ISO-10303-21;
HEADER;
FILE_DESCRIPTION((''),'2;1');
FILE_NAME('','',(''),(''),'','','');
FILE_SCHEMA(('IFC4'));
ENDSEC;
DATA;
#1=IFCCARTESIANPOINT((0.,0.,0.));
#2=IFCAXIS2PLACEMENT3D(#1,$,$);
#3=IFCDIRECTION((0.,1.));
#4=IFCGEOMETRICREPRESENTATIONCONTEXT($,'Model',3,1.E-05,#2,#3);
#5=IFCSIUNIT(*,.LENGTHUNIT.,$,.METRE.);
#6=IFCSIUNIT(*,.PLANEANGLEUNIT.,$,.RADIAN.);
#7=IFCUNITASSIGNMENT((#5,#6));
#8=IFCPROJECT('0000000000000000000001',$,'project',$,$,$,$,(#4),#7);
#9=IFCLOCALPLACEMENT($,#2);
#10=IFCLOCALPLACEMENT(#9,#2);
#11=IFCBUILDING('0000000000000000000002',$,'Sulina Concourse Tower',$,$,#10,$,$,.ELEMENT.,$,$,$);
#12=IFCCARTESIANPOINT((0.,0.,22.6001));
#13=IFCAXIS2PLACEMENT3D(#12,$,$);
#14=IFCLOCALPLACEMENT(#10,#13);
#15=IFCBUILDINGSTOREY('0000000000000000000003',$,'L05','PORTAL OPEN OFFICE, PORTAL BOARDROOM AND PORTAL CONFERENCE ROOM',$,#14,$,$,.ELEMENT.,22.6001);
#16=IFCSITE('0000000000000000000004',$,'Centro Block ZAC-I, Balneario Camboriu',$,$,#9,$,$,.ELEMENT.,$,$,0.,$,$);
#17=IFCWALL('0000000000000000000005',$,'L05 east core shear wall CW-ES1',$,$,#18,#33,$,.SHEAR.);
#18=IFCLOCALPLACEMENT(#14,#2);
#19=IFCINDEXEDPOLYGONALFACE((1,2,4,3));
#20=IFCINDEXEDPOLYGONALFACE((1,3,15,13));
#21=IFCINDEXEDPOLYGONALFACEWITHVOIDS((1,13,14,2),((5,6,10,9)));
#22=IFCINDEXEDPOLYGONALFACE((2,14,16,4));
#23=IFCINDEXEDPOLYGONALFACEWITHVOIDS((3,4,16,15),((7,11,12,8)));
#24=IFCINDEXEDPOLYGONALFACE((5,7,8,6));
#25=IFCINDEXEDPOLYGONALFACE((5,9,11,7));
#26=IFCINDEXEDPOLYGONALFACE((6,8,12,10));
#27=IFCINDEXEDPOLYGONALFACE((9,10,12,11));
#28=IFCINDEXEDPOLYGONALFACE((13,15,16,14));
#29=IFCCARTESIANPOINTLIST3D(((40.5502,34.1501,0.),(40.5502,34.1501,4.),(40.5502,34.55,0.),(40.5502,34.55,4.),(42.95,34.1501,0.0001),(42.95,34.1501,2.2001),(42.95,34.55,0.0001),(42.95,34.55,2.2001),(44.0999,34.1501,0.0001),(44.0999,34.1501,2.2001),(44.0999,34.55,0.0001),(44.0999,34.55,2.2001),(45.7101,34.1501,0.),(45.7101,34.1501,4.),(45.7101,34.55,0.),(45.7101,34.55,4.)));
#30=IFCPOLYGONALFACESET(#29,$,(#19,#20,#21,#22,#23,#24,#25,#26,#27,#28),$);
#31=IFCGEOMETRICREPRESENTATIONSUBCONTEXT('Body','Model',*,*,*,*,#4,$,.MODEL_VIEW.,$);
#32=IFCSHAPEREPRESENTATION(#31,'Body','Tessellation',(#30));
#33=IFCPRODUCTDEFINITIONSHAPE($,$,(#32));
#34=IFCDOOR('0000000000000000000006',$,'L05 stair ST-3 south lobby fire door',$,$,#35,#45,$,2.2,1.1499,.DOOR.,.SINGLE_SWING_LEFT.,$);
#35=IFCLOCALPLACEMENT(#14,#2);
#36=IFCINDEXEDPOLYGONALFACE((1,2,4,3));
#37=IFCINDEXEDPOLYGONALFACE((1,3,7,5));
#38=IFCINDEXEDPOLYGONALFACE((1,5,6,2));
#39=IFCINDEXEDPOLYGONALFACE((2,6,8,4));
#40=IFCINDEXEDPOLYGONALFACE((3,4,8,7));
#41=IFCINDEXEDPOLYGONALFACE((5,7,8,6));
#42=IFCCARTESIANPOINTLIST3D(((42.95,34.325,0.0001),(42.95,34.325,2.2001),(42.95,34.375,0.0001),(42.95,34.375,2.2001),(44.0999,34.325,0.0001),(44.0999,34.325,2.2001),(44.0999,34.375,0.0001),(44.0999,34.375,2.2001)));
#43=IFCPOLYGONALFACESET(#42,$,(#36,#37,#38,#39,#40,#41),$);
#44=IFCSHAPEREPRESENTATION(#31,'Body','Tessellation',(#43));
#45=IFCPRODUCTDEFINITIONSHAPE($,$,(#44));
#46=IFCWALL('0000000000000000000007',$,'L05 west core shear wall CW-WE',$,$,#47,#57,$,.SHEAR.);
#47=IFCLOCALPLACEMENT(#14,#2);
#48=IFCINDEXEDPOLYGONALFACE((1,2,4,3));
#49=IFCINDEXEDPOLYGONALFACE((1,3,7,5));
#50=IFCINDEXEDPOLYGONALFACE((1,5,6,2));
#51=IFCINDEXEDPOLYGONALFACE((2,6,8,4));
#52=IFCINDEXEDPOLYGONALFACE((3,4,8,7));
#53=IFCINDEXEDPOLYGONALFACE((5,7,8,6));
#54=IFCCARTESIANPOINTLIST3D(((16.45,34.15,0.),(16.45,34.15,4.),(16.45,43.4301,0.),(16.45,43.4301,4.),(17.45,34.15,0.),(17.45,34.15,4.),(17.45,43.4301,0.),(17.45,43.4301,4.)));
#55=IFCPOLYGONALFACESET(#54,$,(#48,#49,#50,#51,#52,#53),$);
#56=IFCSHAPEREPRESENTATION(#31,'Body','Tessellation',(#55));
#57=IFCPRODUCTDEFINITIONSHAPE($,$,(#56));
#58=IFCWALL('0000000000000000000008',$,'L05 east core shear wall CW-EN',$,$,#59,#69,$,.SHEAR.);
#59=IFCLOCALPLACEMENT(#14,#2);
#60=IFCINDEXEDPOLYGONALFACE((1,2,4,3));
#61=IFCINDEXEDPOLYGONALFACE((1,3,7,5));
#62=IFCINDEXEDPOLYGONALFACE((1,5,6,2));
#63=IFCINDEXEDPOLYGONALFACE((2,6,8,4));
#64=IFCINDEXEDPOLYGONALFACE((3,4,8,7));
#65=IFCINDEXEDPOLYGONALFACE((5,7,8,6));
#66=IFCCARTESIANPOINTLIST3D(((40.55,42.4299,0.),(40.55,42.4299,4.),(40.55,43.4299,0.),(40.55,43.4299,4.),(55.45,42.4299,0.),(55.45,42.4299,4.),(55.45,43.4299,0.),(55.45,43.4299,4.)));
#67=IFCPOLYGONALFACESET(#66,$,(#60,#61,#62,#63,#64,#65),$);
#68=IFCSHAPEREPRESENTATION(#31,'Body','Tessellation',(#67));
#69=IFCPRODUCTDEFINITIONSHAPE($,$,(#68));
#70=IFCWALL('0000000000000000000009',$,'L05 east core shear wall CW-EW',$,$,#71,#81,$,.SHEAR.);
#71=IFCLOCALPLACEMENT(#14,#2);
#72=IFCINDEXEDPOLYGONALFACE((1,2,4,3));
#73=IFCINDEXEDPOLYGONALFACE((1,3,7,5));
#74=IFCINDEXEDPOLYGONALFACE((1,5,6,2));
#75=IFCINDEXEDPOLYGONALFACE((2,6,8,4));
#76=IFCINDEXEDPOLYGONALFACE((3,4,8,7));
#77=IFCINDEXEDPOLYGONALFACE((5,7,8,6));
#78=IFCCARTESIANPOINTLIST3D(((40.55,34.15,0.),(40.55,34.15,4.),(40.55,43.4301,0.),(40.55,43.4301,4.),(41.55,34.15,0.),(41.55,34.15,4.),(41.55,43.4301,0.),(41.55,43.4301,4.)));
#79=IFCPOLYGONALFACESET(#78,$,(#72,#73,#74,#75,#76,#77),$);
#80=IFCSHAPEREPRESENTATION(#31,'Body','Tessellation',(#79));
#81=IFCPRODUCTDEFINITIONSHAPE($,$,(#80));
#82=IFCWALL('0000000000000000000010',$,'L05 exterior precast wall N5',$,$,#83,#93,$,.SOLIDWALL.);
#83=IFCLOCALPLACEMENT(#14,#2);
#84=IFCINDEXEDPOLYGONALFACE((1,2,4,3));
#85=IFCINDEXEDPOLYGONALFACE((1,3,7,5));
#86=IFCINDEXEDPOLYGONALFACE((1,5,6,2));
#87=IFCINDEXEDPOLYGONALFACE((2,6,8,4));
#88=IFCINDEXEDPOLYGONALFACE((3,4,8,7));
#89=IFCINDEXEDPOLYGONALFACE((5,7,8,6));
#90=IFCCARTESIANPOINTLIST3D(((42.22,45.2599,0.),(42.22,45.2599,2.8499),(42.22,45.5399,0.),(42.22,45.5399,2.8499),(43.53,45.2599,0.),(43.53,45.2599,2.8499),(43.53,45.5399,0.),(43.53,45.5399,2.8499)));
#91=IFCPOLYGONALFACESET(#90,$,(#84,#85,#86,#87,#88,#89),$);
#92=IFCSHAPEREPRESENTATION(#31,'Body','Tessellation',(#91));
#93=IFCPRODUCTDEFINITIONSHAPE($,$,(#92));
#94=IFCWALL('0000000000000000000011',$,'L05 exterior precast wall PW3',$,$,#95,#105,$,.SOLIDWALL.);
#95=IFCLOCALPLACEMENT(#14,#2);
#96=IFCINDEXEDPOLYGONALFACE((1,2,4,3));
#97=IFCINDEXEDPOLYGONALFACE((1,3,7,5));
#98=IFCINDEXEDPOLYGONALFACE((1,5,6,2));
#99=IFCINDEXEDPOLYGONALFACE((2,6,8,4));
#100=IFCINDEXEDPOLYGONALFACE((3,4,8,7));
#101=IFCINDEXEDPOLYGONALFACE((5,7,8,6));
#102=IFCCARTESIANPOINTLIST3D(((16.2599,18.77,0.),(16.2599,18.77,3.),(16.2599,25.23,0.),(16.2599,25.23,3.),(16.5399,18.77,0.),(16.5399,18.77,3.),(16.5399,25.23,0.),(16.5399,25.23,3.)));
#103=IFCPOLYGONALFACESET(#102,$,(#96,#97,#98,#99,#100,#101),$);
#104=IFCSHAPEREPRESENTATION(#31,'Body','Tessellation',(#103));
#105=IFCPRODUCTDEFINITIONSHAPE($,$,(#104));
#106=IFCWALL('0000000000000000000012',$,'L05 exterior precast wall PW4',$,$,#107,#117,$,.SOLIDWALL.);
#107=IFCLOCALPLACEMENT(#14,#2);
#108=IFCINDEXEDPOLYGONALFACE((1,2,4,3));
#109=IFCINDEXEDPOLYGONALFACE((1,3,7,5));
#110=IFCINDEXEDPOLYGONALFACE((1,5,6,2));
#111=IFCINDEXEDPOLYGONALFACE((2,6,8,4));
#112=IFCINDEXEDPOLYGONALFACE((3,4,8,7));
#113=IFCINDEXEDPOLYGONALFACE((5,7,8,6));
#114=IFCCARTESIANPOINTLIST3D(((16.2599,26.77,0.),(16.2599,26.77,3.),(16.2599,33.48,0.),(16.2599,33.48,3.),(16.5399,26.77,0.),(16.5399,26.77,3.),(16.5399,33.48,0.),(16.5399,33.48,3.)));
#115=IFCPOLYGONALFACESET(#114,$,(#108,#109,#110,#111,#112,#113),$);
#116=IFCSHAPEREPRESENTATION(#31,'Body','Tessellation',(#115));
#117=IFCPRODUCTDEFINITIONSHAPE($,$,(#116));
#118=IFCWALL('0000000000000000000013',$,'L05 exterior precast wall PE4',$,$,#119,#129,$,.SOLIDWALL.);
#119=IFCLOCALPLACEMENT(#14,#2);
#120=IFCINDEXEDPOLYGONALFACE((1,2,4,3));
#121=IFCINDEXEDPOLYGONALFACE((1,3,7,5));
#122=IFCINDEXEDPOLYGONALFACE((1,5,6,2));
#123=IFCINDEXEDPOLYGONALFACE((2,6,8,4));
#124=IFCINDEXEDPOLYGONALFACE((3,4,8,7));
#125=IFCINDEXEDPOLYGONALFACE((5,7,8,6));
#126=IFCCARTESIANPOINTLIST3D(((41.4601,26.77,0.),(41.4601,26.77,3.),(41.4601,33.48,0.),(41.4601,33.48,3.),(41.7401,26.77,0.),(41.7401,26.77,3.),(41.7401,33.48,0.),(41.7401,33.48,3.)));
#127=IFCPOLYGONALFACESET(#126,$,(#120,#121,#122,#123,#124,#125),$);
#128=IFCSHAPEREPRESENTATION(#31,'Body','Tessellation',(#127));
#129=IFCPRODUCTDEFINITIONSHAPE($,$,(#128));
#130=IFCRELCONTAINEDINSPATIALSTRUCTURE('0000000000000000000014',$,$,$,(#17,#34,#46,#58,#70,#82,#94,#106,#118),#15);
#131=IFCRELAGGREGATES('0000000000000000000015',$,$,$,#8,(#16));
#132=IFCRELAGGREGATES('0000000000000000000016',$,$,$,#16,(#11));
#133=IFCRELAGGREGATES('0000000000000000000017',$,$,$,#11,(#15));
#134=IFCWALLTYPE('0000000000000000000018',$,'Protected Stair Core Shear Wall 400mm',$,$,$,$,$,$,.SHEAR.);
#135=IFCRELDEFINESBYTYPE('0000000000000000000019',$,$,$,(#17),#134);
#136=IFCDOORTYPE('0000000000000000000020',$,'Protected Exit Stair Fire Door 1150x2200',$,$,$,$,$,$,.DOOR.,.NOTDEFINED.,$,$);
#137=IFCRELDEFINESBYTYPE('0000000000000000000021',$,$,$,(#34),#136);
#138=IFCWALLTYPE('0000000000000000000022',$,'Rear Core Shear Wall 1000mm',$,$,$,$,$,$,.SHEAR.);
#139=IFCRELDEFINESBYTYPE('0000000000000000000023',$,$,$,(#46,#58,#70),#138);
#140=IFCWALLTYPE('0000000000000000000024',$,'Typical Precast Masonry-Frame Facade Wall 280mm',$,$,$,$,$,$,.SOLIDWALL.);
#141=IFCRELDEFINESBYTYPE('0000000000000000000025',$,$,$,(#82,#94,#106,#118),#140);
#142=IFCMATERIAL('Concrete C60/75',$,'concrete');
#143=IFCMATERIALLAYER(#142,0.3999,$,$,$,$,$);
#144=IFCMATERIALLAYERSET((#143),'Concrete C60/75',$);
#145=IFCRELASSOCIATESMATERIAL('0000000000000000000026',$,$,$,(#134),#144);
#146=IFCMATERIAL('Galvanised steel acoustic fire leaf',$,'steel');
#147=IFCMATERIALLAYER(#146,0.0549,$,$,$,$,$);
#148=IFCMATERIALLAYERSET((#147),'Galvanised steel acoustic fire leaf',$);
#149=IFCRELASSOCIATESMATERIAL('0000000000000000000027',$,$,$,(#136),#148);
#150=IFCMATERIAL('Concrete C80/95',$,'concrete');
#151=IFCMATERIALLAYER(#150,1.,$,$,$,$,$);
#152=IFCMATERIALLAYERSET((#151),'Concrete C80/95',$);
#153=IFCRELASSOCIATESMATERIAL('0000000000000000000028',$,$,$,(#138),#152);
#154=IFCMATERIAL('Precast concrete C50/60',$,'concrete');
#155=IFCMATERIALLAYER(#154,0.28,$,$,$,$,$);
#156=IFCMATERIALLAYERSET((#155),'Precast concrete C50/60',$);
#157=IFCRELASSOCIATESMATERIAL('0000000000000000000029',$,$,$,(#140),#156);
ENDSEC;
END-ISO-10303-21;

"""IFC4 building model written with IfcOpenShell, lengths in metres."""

from ifc_helpers import new_model, si_unit, direction, frame, frame_2d, origin, place, context, subcontext, project, spatial, rectangle, extrude, material, layer, layer_set, type_object, element, fill, save


model = new_model("IFC4")

# Units and contexts
model_context = context("Model", 3, precision=1e-05, world=origin(), true_north=direction((0.0, 1.0)))
body_context = subcontext(model_context, "Body", "Model", "MODEL_VIEW")
ifc_project = project(units=[si_unit("LENGTHUNIT", "METRE"), si_unit("PLANEANGLEUNIT", "RADIAN")], contexts=[model_context])

# Site, building, storey
site_placement = place(None, origin())
site = spatial("IfcSite", under=ifc_project, at=site_placement, Name="Centro Block ZAC-I, Balneario Camboriu", CompositionType="ELEMENT", RefElevation=0.0)
building_placement = place(site_placement, origin())
building = spatial("IfcBuilding", under=site, at=building_placement, Name="Sulina Concourse Tower", CompositionType="ELEMENT")
storey_placement = place(building_placement, frame((0.0, 0.0, 22.6001)))
storey = spatial("IfcBuildingStorey", under=building, at=storey_placement, Name="L05", Description="PORTAL OPEN OFFICE, PORTAL BOARDROOM AND PORTAL CONFERENCE ROOM", CompositionType="ELEMENT", Elevation=22.6001)

# Wall, opening, door
ifc_material_1 = material(Name="Concrete C60/75", Category="concrete")
ifc_layer_1 = layer(ifc_material_1, 0.3999)
ifc_layer_set_1 = layer_set([ifc_layer_1], Name="Concrete C60/75")
wall_type_1 = type_object("IfcWallType", Name="Protected Stair Core Shear Wall 400mm", PredefinedType="SHEAR", material=ifc_layer_set_1)
wall_1_placement = place(storey_placement, frame((40.55, 34.3501, 0.0), z_axis=(0.0, 0.0, 1.0), x_axis=(1.0, 0.0, 0.0)))
wall_1 = element("IfcWall", 1, at=wall_1_placement, inside=storey, type_object=wall_type_1, Name="L05 east core shear wall CW-ES1", PredefinedType="SHEAR", context=body_context, shape_type="SweptSolid", body=[
    extrude(rectangle(XDim=5.1599, YDim=0.3999, at=frame_2d((2.5801, 0.0))), origin(), (0.0, 0.0, 1.0), 4.0),
])
opening_placement = place(wall_1_placement, frame((2.3999, 0.0, 0.0)))
opening = element("IfcOpeningElement", 2, at=opening_placement, cuts=wall_1, PredefinedType="OPENING", context=body_context, shape_type="SweptSolid", body=[
    extrude(rectangle(XDim=1.1499, YDim=2.2, at=frame_2d((0.575, 1.1001))), frame((0.0, 0.21, 0.0), z_axis=(0.0, -1.0, 0.0), x_axis=(1.0, 0.0, 0.0)), (0.0, 0.0, 1.0), 0.4199),
])
ifc_material_2 = material(Name="Galvanised steel acoustic fire leaf", Category="steel")
ifc_layer_2 = layer(ifc_material_2, 0.0549)
ifc_layer_set_2 = layer_set([ifc_layer_2], Name="Galvanised steel acoustic fire leaf")
door_type = type_object("IfcDoorType", Name="Protected Exit Stair Fire Door 1150x2200", OperationType="NOTDEFINED", PredefinedType="DOOR", material=ifc_layer_set_2)
door_placement = place(opening_placement, origin())
door = element("IfcDoor", 3, at=door_placement, inside=storey, type_object=door_type, Name="L05 stair ST-3 south lobby fire door", OperationType="SINGLE_SWING_LEFT", OverallHeight=2.2, OverallWidth=1.1499, PredefinedType="DOOR", context=body_context, shape_type="SweptSolid", body=[
    extrude(rectangle(XDim=1.1499, YDim=2.2, at=frame_2d((0.575, 1.1001))), frame((0.0, 0.0249, 0.0), z_axis=(0.0, -1.0, 0.0), x_axis=(1.0, 0.0, 0.0)), (0.0, 0.0, 1.0), 0.05),
])
fill(opening, door)

# Walls
ifc_material_3 = material(Name="Concrete C80/95", Category="concrete")
ifc_layer_3 = layer(ifc_material_3, 1.0)
ifc_layer_set_3 = layer_set([ifc_layer_3], Name="Concrete C80/95")
wall_type_2 = type_object("IfcWallType", Name="Rear Core Shear Wall 1000mm", PredefinedType="SHEAR", material=ifc_layer_set_3)
wall_2_placement = place(storey_placement, frame((16.95, 34.1499, 0.0), z_axis=(0.0, 0.0, 1.0), x_axis=(0.0, 1.0, 0.0)))
element("IfcWall", 4, at=wall_2_placement, inside=storey, type_object=wall_type_2, Name="L05 west core shear wall CW-WE", PredefinedType="SHEAR", context=body_context, shape_type="SweptSolid", body=[
    extrude(rectangle(XDim=9.28, YDim=1.0, at=frame_2d((4.6401, 0.0))), origin(), (0.0, 0.0, 1.0), 4.0),
])
wall_3_placement = place(storey_placement, frame((40.55, 42.9299, 0.0), z_axis=(0.0, 0.0, 1.0), x_axis=(1.0, 0.0, 0.0)))
element("IfcWall", 5, at=wall_3_placement, inside=storey, type_object=wall_type_2, Name="L05 east core shear wall CW-EN", PredefinedType="SHEAR", context=body_context, shape_type="SweptSolid", body=[
    extrude(rectangle(XDim=14.8999, YDim=1.0, at=frame_2d((7.45, 0.0))), origin(), (0.0, 0.0, 1.0), 4.0),
])
wall_4_placement = place(storey_placement, frame((41.05, 34.1499, 0.0), z_axis=(0.0, 0.0, 1.0), x_axis=(0.0, 1.0, 0.0)))
element("IfcWall", 6, at=wall_4_placement, inside=storey, type_object=wall_type_2, Name="L05 east core shear wall CW-EW", PredefinedType="SHEAR", context=body_context, shape_type="SweptSolid", body=[
    extrude(rectangle(XDim=9.28, YDim=1.0, at=frame_2d((4.6401, 0.0))), origin(), (0.0, 0.0, 1.0), 4.0),
])
ifc_material_4 = material(Name="Precast concrete C50/60", Category="concrete")
ifc_layer_4 = layer(ifc_material_4, 0.28)
ifc_layer_set_4 = layer_set([ifc_layer_4], Name="Precast concrete C50/60")
wall_type_3 = type_object("IfcWallType", Name="Typical Precast Masonry-Frame Facade Wall 280mm", PredefinedType="SOLIDWALL", material=ifc_layer_set_4)
wall_5_placement = place(storey_placement, frame((42.22, 45.3999, 0.0), z_axis=(0.0, 0.0, 1.0), x_axis=(1.0, 0.0, 0.0)))
element("IfcWall", 7, at=wall_5_placement, inside=storey, type_object=wall_type_3, Name="L05 exterior precast wall N5", PredefinedType="SOLIDWALL", context=body_context, shape_type="SweptSolid", body=[
    extrude(rectangle(XDim=1.3101, YDim=0.28, at=frame_2d((0.655, 0.0))), origin(), (0.0, 0.0, 1.0), 2.8499),
])
wall_6_placement = place(storey_placement, frame((16.3999, 25.23, 0.0), z_axis=(0.0, 0.0, 1.0), x_axis=(0.0, -1.0, 0.0)))
element("IfcWall", 8, at=wall_6_placement, inside=storey, type_object=wall_type_3, Name="L05 exterior precast wall PW3", PredefinedType="SOLIDWALL", context=body_context, shape_type="SweptSolid", body=[
    extrude(rectangle(XDim=6.46, YDim=0.28, at=frame_2d((3.23, 0.0))), origin(), (0.0, 0.0, 1.0), 3.0),
])
for number, where, z_axis, x_axis, name in (
    (9, (16.3999, 33.48, 0.0), (0.0, 0.0, 1.0), (0.0, -1.0, 0.0), "L05 exterior precast wall PW4"),
    (10, (41.6001, 26.77, 0.0), (0.0, 0.0, 1.0), (0.0, 1.0, 0.0), "L05 exterior precast wall PE4"),
):
    element("IfcWall", number, at=place(storey_placement, frame(where, z_axis=z_axis, x_axis=x_axis)), inside=storey, type_object=wall_type_3, Name=name, PredefinedType="SOLIDWALL", context=body_context, shape_type="SweptSolid", body=[
        extrude(rectangle(XDim=6.71, YDim=0.28, at=frame_2d((3.355, 0.0))), origin(), (0.0, 0.0, 1.0), 3.0),
    ])

save(model, "model.ifc")
